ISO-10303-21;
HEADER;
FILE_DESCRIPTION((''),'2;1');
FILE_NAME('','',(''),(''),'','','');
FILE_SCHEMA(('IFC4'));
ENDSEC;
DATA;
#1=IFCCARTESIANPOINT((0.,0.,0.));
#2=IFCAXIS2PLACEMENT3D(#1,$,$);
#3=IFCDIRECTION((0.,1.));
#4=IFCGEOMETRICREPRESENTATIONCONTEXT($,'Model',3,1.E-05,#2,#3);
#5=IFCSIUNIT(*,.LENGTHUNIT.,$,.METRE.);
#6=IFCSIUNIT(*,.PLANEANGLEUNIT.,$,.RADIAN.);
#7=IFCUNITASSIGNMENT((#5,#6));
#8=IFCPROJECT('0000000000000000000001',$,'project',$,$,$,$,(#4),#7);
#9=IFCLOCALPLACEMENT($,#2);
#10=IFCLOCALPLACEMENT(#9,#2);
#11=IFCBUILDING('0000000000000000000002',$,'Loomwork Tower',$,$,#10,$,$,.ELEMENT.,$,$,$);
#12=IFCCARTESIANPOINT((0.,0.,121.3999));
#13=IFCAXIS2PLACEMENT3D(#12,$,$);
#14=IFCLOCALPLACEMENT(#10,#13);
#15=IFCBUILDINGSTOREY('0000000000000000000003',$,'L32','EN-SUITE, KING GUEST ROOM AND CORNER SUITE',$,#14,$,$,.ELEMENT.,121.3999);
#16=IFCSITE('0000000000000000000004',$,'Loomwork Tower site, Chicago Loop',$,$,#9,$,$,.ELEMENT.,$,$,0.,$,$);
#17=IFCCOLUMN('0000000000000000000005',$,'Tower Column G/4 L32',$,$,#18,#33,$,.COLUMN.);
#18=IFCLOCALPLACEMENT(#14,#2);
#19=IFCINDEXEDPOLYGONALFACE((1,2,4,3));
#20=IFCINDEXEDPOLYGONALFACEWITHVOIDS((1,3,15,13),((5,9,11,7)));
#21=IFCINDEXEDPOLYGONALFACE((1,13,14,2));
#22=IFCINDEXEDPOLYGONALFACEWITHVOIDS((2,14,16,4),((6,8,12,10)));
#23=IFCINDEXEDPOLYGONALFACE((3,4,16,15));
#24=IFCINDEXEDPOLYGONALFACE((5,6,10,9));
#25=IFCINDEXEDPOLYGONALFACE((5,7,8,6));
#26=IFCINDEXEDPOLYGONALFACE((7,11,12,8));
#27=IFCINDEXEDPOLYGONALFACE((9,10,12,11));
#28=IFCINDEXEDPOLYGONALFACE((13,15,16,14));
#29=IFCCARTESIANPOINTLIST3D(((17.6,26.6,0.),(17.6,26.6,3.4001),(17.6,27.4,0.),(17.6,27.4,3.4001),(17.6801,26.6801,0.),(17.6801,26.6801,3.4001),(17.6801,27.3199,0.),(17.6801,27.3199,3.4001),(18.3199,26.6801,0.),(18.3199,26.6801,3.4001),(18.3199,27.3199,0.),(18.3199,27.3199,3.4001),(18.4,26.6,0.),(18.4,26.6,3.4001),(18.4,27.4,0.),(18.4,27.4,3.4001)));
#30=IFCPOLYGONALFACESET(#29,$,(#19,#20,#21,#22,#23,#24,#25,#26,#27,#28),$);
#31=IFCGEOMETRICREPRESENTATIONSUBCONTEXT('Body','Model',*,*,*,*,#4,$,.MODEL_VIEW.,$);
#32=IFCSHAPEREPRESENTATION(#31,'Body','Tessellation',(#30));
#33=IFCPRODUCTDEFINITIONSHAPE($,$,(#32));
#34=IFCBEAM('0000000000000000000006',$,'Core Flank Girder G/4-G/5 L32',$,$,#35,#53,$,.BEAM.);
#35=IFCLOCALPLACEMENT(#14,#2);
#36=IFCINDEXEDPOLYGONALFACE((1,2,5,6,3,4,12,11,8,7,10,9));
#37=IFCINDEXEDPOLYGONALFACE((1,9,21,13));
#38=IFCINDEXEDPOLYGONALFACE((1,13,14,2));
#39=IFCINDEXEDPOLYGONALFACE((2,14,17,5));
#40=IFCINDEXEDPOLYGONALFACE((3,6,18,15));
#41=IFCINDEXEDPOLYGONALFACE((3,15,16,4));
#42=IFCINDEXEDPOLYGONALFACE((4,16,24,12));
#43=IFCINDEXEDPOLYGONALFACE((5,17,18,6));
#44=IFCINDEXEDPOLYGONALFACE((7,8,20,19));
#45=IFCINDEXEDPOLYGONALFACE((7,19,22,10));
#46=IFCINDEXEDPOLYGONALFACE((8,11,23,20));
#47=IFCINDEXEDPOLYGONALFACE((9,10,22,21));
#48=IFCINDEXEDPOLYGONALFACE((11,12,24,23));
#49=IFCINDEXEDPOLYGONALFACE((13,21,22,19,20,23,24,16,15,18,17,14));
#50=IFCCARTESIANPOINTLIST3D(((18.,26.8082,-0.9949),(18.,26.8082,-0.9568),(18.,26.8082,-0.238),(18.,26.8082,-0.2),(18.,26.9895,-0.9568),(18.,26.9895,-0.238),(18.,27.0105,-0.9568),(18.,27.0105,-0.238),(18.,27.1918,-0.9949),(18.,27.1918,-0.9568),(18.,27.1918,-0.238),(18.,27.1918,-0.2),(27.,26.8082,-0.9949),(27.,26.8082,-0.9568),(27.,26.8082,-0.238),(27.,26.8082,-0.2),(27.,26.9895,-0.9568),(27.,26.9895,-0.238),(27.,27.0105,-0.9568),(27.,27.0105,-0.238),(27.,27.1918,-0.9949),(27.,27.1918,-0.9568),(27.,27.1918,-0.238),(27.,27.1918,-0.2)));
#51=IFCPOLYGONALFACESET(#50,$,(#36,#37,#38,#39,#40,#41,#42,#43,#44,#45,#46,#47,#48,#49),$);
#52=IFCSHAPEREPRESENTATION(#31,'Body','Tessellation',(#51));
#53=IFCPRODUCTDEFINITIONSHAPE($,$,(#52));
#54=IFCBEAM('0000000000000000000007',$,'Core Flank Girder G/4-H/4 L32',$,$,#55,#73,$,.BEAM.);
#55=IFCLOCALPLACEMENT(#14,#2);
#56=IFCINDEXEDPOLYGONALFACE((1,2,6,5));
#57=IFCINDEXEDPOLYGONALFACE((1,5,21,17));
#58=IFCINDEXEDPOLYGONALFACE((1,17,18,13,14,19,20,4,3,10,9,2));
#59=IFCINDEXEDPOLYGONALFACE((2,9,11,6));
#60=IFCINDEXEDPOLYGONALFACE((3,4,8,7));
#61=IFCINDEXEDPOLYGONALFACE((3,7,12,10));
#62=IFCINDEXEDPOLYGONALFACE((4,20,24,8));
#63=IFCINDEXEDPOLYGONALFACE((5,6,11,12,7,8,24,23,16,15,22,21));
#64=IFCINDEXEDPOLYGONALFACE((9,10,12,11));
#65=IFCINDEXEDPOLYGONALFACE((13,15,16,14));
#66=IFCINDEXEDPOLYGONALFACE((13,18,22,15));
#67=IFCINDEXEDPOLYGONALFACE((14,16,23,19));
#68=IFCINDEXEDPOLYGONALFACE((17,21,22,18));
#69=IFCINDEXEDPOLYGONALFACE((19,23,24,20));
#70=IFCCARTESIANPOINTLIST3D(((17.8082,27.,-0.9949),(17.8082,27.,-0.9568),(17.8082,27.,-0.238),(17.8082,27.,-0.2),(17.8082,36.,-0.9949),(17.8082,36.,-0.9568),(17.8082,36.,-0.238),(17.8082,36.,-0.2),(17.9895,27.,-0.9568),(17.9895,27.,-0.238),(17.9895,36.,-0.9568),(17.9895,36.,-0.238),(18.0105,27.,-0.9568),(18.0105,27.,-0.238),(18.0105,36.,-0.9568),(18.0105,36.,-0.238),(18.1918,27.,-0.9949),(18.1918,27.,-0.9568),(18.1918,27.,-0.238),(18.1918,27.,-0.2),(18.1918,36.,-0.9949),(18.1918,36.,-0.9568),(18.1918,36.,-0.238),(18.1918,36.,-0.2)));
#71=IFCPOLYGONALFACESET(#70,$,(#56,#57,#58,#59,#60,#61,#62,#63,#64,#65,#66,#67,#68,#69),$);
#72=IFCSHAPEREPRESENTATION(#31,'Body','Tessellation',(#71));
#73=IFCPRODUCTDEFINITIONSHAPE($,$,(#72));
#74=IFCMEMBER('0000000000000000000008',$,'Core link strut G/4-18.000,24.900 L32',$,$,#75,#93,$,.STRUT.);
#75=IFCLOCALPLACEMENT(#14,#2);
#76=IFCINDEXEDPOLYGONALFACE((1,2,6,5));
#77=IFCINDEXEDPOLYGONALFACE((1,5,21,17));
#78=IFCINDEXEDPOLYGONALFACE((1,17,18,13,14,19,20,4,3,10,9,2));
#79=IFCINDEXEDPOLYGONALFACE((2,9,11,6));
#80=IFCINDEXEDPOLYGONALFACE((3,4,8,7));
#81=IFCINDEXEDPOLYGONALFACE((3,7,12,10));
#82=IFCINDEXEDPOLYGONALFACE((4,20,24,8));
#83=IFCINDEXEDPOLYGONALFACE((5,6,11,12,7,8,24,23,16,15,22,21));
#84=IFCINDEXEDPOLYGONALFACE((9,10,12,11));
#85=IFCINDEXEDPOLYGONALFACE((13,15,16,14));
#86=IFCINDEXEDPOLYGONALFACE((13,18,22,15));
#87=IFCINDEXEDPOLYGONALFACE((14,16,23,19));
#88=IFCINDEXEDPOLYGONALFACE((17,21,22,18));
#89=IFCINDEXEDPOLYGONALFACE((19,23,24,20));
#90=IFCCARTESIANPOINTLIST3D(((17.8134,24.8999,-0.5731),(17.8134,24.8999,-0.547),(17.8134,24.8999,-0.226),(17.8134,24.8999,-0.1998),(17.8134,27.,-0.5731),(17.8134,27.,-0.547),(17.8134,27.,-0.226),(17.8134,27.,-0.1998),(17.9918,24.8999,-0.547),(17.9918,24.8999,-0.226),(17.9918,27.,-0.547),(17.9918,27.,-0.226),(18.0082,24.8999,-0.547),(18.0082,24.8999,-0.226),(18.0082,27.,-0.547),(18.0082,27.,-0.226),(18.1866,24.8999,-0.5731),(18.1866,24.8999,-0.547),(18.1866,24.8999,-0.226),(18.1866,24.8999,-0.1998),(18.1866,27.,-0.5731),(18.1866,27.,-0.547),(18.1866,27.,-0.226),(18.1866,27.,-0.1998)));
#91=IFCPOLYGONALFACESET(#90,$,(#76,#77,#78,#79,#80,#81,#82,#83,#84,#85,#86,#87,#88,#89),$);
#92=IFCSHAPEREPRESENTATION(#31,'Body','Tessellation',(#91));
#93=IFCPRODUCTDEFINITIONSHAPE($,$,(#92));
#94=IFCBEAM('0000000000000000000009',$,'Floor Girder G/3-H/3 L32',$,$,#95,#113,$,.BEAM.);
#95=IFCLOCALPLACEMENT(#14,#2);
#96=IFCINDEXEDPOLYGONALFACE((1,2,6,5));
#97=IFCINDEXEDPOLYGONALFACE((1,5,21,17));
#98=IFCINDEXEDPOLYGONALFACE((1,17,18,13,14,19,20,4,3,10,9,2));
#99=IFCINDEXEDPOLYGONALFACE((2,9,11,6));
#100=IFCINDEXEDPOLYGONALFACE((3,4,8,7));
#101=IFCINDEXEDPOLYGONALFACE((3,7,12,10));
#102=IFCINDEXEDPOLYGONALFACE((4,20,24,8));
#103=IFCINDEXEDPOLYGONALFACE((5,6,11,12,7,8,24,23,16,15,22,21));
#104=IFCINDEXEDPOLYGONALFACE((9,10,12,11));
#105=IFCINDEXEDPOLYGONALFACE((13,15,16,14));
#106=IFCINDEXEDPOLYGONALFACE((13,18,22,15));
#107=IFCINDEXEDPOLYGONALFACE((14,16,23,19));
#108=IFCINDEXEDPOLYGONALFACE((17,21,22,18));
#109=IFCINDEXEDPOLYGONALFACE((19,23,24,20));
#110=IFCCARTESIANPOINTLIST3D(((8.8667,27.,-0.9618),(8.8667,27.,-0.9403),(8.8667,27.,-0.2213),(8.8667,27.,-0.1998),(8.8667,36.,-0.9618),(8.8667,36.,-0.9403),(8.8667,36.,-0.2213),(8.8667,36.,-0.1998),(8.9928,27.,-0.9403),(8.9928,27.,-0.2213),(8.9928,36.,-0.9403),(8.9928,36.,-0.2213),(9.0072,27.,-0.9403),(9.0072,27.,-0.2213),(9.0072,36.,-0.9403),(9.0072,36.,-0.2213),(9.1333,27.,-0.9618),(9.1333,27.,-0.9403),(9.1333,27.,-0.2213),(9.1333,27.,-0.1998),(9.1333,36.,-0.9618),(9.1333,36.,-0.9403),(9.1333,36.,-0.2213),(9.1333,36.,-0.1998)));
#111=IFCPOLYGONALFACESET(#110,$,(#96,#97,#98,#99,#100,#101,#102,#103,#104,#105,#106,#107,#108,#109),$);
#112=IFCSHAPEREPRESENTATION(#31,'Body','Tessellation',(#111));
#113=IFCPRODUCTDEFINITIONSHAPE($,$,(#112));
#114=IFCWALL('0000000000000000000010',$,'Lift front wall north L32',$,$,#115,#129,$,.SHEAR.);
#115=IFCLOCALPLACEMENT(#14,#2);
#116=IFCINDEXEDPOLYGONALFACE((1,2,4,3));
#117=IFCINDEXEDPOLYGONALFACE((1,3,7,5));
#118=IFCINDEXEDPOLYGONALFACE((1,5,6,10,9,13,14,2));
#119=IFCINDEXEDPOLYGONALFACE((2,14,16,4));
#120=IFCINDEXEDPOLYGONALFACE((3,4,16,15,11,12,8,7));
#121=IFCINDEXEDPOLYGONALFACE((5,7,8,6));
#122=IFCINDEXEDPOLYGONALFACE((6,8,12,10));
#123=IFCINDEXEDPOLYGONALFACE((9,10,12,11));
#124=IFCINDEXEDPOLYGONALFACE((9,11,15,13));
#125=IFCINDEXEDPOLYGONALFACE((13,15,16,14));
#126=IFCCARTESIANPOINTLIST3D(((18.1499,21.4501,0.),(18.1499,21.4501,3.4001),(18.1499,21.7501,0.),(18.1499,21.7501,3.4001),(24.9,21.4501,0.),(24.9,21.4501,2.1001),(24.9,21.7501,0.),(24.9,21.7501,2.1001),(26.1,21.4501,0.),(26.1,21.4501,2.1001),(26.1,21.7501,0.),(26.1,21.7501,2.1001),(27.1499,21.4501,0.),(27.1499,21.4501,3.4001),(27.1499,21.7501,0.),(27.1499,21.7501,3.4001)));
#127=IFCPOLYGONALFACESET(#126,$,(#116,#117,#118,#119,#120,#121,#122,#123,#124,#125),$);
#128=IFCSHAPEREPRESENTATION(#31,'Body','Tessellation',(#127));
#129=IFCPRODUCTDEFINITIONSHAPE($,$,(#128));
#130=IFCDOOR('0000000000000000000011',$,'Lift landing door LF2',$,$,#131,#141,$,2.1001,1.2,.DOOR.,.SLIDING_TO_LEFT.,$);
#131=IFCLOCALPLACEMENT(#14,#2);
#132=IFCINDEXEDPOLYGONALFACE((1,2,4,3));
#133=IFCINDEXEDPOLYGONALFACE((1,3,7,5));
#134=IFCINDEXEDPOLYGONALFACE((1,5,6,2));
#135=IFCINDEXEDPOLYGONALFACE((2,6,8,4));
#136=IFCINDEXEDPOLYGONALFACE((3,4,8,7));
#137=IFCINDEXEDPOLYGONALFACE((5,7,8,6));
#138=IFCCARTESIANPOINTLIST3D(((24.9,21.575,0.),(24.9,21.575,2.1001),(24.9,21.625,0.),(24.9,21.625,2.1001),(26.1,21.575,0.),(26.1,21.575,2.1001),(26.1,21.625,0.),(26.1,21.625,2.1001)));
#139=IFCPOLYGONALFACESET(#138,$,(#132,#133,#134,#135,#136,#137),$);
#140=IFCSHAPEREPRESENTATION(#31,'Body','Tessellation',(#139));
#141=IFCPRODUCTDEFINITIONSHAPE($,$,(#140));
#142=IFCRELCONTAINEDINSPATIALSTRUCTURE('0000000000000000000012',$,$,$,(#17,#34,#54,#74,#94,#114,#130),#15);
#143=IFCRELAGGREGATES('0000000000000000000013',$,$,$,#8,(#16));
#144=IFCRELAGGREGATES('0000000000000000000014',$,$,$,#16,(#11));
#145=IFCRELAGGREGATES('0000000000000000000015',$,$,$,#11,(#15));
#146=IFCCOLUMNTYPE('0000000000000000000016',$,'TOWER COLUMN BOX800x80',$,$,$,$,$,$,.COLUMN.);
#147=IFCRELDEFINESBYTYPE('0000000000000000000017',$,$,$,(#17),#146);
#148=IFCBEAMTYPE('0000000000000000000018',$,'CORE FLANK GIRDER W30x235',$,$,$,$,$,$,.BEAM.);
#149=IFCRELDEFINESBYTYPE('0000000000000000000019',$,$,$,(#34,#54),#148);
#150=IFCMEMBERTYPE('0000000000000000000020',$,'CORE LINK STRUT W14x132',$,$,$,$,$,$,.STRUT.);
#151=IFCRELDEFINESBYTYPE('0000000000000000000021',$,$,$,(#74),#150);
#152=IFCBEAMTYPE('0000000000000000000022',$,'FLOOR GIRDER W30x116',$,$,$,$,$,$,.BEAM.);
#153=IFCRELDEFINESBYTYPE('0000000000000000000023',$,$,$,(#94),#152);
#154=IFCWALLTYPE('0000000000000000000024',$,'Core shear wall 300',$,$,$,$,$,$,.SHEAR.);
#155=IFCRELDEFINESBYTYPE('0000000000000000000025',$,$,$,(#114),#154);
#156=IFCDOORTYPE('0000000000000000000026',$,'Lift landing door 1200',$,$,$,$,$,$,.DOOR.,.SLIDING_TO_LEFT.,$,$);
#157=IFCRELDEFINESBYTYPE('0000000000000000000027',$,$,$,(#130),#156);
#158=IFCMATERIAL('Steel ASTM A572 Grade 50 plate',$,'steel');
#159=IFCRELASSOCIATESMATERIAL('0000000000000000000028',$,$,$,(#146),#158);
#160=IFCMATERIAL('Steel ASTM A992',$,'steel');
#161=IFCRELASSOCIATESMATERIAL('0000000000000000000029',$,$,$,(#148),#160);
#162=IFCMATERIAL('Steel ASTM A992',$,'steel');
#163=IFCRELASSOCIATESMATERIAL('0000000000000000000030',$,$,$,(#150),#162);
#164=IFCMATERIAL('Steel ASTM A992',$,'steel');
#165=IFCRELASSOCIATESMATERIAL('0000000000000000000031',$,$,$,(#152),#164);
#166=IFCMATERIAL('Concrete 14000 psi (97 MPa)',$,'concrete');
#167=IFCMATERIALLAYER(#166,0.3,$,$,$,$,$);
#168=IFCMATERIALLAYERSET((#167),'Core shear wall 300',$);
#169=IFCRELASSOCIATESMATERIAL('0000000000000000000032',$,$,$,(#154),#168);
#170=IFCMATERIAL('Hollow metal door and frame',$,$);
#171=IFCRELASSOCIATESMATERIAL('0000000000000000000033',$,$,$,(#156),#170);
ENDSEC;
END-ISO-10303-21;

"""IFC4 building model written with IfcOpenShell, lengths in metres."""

from ifc_helpers import new_model, si_unit, direction, frame, frame_2d, origin, origin_2d, place, context, subcontext, project, spatial, rectangle, hollow_rectangle, i_section, extrude, material, layer, layer_set, material_profile, profile_set, type_object, element, fill, save


model = new_model("IFC4")

# Units and contexts
model_context = context("Model", 3, precision=1e-05, world=origin(), true_north=direction((0.0, 1.0)))
body_context = subcontext(model_context, "Body", "Model", "MODEL_VIEW")
ifc_project = project(units=[si_unit("LENGTHUNIT", "METRE"), si_unit("PLANEANGLEUNIT", "RADIAN")], contexts=[model_context])

# Site, building, storey
site_placement = place(None, origin())
site = spatial("IfcSite", under=ifc_project, at=site_placement, Name="Loomwork Tower site, Chicago Loop", CompositionType="ELEMENT", RefElevation=0.0)
building_placement = place(site_placement, origin())
building = spatial("IfcBuilding", under=site, at=building_placement, Name="Loomwork Tower", CompositionType="ELEMENT")
storey_placement = place(building_placement, frame((0.0, 0.0, 121.3999)))
storey = spatial("IfcBuildingStorey", under=building, at=storey_placement, Name="L32", Description="EN-SUITE, KING GUEST ROOM AND CORNER SUITE", CompositionType="ELEMENT", Elevation=121.3999)

# Column
ifc_material_1 = material(Name="Steel ASTM A572 Grade 50 plate", Category="steel")
ifc_material_profile_1 = material_profile(ifc_material_1, hollow_rectangle(XDim=0.8, YDim=0.8, WallThickness=0.0801, at=origin_2d()), Name="BOX800x80")
ifc_profile_set_1 = profile_set([ifc_material_profile_1], Name="Steel ASTM A572 Grade 50 plate")
column_type = type_object("IfcColumnType", Name="TOWER COLUMN BOX800x80", PredefinedType="COLUMN", material=ifc_profile_set_1)
column_placement = place(storey_placement, frame((18.0, 27.0, 0.0), z_axis=(0.0, 0.0, 1.0), x_axis=(1.0, 0.0, 0.0)))
element("IfcColumn", 1, at=column_placement, inside=storey, type_object=column_type, Name="Tower Column G/4 L32", PredefinedType="COLUMN", context=body_context, shape_type="SweptSolid", body=[
    extrude(hollow_rectangle(XDim=0.8, YDim=0.8, WallThickness=0.0801, at=origin_2d()), origin(), (0.0, 0.0, 1.0), 3.4001),
])

# Beams
ifc_material_2 = material(Name="Steel ASTM A992", Category="steel")
ifc_material_profile_2 = material_profile(ifc_material_2, i_section(OverallWidth=0.3835, OverallDepth=0.7949, WebThickness=0.021, FlangeThickness=0.0381, at=origin_2d()), Name="W30x235")
ifc_profile_set_2 = profile_set([ifc_material_profile_2], Name="Steel ASTM A992")
beam_type_1 = type_object("IfcBeamType", Name="CORE FLANK GIRDER W30x235", PredefinedType="BEAM", material=ifc_profile_set_2)
for number, where, z_axis, x_axis, name in (
    (2, (18.0, 27.0, -0.5974), (1.0, 0.0, 0.0), (0.0, 1.0, 0.0), "Core Flank Girder G/4-G/5 L32"),
    (3, (18.0, 27.0, -0.5974), (0.0, 1.0, 0.0), (-1.0, 0.0, 0.0), "Core Flank Girder G/4-H/4 L32"),
):
    element("IfcBeam", number, at=place(storey_placement, frame(where, z_axis=z_axis, x_axis=x_axis)), inside=storey, type_object=beam_type_1, Name=name, PredefinedType="BEAM", context=body_context, shape_type="SweptSolid", body=[
        extrude(i_section(OverallWidth=0.3835, OverallDepth=0.7949, WebThickness=0.021, FlangeThickness=0.0381, at=origin_2d()), origin(), (0.0, 0.0, 1.0), 9.0),
    ])

# Member
ifc_material_3 = material(Name="Steel ASTM A992", Category="steel")
ifc_material_profile_3 = material_profile(ifc_material_3, i_section(OverallWidth=0.3733, OverallDepth=0.3733, WebThickness=0.0164, FlangeThickness=0.0261, at=origin_2d()), Name="W14x132")
ifc_profile_set_3 = profile_set([ifc_material_profile_3], Name="Steel ASTM A992")
member_type = type_object("IfcMemberType", Name="CORE LINK STRUT W14x132", PredefinedType="STRUT", material=ifc_profile_set_3)
member_placement = place(storey_placement, frame((18.0, 27.0, -0.3865), z_axis=(0.0, -1.0, 0.0), x_axis=(1.0, 0.0, 0.0)))
element("IfcMember", 4, at=member_placement, inside=storey, type_object=member_type, Name="Core link strut G/4-18.000,24.900 L32", PredefinedType="STRUT", context=body_context, shape_type="SweptSolid", body=[
    extrude(i_section(OverallWidth=0.3733, OverallDepth=0.3733, WebThickness=0.0164, FlangeThickness=0.0261, at=origin_2d()), origin(), (0.0, 0.0, 1.0), 2.1001),
])

# Beam
ifc_material_4 = material(Name="Steel ASTM A992", Category="steel")
ifc_material_profile_4 = material_profile(ifc_material_4, i_section(OverallWidth=0.2666, OverallDepth=0.762, WebThickness=0.0144, FlangeThickness=0.0215, at=origin_2d()), Name="W30x116")
ifc_profile_set_4 = profile_set([ifc_material_profile_4], Name="Steel ASTM A992")
beam_type_2 = type_object("IfcBeamType", Name="FLOOR GIRDER W30x116", PredefinedType="BEAM", material=ifc_profile_set_4)
beam_placement = place(storey_placement, frame((9.0, 27.0, -0.5808), z_axis=(0.0, 1.0, 0.0), x_axis=(-1.0, 0.0, 0.0)))
element("IfcBeam", 5, at=beam_placement, inside=storey, type_object=beam_type_2, Name="Floor Girder G/3-H/3 L32", PredefinedType="BEAM", context=body_context, shape_type="SweptSolid", body=[
    extrude(i_section(OverallWidth=0.2666, OverallDepth=0.762, WebThickness=0.0144, FlangeThickness=0.0215, at=origin_2d()), origin(), (0.0, 0.0, 1.0), 9.0),
])

# Wall, opening, door
ifc_material_5 = material(Name="Concrete 14000 psi (97 MPa)", Category="concrete")
ifc_layer_1 = layer(ifc_material_5, 0.3)
ifc_layer_set_1 = layer_set([ifc_layer_1], Name="Core shear wall 300")
wall_type_1 = type_object("IfcWallType", Name="Core shear wall 300", PredefinedType="SHEAR", material=ifc_layer_set_1)
wall_1_placement = place(storey_placement, frame((18.1499, 21.6001, 0.0), z_axis=(0.0, 0.0, 1.0), x_axis=(1.0, 0.0, 0.0)))
wall_1 = element("IfcWall", 6, at=wall_1_placement, inside=storey, type_object=wall_type_1, Name="Lift front wall north L32", PredefinedType="SHEAR", context=body_context, shape_type="SweptSolid", body=[
    extrude(rectangle(XDim=9.0, YDim=0.3, at=frame_2d((4.5, 0.0))), origin(), (0.0, 0.0, 1.0), 3.4001),
])
opening_1_placement = place(wall_1_placement, frame((6.75, 0.0, 0.0)))
opening_1 = element("IfcOpeningElement", 7, at=opening_1_placement, cuts=wall_1, PredefinedType="OPENING", context=body_context, shape_type="SweptSolid", body=[
    extrude(rectangle(XDim=1.2, YDim=2.1001, at=frame_2d((0.6001, 1.05))), frame((0.0, 0.1599, 0.0), z_axis=(0.0, -1.0, 0.0), x_axis=(1.0, 0.0, 0.0)), (0.0, 0.0, 1.0), 0.3201),
])
ifc_material_6 = material(Name="Hollow metal door and frame")
door_type_1 = type_object("IfcDoorType", Name="Lift landing door 1200", OperationType="SLIDING_TO_LEFT", PredefinedType="DOOR", material=ifc_material_6)
door_1_placement = place(opening_1_placement, origin())
door_1 = element("IfcDoor", 8, at=door_1_placement, inside=storey, type_object=door_type_1, Name="Lift landing door LF2", OperationType="SLIDING_TO_LEFT", OverallHeight=2.1001, OverallWidth=1.2, PredefinedType="DOOR", context=body_context, shape_type="SweptSolid", body=[
    extrude(rectangle(XDim=1.2, YDim=2.1001, at=frame_2d((0.6001, 1.05))), frame((0.0, 0.0249, 0.0), z_axis=(0.0, -1.0, 0.0), x_axis=(1.0, 0.0, 0.0)), (0.0, 0.0, 1.0), 0.05),
])
fill(opening_1, door_1)

save(model, "model.ifc")
